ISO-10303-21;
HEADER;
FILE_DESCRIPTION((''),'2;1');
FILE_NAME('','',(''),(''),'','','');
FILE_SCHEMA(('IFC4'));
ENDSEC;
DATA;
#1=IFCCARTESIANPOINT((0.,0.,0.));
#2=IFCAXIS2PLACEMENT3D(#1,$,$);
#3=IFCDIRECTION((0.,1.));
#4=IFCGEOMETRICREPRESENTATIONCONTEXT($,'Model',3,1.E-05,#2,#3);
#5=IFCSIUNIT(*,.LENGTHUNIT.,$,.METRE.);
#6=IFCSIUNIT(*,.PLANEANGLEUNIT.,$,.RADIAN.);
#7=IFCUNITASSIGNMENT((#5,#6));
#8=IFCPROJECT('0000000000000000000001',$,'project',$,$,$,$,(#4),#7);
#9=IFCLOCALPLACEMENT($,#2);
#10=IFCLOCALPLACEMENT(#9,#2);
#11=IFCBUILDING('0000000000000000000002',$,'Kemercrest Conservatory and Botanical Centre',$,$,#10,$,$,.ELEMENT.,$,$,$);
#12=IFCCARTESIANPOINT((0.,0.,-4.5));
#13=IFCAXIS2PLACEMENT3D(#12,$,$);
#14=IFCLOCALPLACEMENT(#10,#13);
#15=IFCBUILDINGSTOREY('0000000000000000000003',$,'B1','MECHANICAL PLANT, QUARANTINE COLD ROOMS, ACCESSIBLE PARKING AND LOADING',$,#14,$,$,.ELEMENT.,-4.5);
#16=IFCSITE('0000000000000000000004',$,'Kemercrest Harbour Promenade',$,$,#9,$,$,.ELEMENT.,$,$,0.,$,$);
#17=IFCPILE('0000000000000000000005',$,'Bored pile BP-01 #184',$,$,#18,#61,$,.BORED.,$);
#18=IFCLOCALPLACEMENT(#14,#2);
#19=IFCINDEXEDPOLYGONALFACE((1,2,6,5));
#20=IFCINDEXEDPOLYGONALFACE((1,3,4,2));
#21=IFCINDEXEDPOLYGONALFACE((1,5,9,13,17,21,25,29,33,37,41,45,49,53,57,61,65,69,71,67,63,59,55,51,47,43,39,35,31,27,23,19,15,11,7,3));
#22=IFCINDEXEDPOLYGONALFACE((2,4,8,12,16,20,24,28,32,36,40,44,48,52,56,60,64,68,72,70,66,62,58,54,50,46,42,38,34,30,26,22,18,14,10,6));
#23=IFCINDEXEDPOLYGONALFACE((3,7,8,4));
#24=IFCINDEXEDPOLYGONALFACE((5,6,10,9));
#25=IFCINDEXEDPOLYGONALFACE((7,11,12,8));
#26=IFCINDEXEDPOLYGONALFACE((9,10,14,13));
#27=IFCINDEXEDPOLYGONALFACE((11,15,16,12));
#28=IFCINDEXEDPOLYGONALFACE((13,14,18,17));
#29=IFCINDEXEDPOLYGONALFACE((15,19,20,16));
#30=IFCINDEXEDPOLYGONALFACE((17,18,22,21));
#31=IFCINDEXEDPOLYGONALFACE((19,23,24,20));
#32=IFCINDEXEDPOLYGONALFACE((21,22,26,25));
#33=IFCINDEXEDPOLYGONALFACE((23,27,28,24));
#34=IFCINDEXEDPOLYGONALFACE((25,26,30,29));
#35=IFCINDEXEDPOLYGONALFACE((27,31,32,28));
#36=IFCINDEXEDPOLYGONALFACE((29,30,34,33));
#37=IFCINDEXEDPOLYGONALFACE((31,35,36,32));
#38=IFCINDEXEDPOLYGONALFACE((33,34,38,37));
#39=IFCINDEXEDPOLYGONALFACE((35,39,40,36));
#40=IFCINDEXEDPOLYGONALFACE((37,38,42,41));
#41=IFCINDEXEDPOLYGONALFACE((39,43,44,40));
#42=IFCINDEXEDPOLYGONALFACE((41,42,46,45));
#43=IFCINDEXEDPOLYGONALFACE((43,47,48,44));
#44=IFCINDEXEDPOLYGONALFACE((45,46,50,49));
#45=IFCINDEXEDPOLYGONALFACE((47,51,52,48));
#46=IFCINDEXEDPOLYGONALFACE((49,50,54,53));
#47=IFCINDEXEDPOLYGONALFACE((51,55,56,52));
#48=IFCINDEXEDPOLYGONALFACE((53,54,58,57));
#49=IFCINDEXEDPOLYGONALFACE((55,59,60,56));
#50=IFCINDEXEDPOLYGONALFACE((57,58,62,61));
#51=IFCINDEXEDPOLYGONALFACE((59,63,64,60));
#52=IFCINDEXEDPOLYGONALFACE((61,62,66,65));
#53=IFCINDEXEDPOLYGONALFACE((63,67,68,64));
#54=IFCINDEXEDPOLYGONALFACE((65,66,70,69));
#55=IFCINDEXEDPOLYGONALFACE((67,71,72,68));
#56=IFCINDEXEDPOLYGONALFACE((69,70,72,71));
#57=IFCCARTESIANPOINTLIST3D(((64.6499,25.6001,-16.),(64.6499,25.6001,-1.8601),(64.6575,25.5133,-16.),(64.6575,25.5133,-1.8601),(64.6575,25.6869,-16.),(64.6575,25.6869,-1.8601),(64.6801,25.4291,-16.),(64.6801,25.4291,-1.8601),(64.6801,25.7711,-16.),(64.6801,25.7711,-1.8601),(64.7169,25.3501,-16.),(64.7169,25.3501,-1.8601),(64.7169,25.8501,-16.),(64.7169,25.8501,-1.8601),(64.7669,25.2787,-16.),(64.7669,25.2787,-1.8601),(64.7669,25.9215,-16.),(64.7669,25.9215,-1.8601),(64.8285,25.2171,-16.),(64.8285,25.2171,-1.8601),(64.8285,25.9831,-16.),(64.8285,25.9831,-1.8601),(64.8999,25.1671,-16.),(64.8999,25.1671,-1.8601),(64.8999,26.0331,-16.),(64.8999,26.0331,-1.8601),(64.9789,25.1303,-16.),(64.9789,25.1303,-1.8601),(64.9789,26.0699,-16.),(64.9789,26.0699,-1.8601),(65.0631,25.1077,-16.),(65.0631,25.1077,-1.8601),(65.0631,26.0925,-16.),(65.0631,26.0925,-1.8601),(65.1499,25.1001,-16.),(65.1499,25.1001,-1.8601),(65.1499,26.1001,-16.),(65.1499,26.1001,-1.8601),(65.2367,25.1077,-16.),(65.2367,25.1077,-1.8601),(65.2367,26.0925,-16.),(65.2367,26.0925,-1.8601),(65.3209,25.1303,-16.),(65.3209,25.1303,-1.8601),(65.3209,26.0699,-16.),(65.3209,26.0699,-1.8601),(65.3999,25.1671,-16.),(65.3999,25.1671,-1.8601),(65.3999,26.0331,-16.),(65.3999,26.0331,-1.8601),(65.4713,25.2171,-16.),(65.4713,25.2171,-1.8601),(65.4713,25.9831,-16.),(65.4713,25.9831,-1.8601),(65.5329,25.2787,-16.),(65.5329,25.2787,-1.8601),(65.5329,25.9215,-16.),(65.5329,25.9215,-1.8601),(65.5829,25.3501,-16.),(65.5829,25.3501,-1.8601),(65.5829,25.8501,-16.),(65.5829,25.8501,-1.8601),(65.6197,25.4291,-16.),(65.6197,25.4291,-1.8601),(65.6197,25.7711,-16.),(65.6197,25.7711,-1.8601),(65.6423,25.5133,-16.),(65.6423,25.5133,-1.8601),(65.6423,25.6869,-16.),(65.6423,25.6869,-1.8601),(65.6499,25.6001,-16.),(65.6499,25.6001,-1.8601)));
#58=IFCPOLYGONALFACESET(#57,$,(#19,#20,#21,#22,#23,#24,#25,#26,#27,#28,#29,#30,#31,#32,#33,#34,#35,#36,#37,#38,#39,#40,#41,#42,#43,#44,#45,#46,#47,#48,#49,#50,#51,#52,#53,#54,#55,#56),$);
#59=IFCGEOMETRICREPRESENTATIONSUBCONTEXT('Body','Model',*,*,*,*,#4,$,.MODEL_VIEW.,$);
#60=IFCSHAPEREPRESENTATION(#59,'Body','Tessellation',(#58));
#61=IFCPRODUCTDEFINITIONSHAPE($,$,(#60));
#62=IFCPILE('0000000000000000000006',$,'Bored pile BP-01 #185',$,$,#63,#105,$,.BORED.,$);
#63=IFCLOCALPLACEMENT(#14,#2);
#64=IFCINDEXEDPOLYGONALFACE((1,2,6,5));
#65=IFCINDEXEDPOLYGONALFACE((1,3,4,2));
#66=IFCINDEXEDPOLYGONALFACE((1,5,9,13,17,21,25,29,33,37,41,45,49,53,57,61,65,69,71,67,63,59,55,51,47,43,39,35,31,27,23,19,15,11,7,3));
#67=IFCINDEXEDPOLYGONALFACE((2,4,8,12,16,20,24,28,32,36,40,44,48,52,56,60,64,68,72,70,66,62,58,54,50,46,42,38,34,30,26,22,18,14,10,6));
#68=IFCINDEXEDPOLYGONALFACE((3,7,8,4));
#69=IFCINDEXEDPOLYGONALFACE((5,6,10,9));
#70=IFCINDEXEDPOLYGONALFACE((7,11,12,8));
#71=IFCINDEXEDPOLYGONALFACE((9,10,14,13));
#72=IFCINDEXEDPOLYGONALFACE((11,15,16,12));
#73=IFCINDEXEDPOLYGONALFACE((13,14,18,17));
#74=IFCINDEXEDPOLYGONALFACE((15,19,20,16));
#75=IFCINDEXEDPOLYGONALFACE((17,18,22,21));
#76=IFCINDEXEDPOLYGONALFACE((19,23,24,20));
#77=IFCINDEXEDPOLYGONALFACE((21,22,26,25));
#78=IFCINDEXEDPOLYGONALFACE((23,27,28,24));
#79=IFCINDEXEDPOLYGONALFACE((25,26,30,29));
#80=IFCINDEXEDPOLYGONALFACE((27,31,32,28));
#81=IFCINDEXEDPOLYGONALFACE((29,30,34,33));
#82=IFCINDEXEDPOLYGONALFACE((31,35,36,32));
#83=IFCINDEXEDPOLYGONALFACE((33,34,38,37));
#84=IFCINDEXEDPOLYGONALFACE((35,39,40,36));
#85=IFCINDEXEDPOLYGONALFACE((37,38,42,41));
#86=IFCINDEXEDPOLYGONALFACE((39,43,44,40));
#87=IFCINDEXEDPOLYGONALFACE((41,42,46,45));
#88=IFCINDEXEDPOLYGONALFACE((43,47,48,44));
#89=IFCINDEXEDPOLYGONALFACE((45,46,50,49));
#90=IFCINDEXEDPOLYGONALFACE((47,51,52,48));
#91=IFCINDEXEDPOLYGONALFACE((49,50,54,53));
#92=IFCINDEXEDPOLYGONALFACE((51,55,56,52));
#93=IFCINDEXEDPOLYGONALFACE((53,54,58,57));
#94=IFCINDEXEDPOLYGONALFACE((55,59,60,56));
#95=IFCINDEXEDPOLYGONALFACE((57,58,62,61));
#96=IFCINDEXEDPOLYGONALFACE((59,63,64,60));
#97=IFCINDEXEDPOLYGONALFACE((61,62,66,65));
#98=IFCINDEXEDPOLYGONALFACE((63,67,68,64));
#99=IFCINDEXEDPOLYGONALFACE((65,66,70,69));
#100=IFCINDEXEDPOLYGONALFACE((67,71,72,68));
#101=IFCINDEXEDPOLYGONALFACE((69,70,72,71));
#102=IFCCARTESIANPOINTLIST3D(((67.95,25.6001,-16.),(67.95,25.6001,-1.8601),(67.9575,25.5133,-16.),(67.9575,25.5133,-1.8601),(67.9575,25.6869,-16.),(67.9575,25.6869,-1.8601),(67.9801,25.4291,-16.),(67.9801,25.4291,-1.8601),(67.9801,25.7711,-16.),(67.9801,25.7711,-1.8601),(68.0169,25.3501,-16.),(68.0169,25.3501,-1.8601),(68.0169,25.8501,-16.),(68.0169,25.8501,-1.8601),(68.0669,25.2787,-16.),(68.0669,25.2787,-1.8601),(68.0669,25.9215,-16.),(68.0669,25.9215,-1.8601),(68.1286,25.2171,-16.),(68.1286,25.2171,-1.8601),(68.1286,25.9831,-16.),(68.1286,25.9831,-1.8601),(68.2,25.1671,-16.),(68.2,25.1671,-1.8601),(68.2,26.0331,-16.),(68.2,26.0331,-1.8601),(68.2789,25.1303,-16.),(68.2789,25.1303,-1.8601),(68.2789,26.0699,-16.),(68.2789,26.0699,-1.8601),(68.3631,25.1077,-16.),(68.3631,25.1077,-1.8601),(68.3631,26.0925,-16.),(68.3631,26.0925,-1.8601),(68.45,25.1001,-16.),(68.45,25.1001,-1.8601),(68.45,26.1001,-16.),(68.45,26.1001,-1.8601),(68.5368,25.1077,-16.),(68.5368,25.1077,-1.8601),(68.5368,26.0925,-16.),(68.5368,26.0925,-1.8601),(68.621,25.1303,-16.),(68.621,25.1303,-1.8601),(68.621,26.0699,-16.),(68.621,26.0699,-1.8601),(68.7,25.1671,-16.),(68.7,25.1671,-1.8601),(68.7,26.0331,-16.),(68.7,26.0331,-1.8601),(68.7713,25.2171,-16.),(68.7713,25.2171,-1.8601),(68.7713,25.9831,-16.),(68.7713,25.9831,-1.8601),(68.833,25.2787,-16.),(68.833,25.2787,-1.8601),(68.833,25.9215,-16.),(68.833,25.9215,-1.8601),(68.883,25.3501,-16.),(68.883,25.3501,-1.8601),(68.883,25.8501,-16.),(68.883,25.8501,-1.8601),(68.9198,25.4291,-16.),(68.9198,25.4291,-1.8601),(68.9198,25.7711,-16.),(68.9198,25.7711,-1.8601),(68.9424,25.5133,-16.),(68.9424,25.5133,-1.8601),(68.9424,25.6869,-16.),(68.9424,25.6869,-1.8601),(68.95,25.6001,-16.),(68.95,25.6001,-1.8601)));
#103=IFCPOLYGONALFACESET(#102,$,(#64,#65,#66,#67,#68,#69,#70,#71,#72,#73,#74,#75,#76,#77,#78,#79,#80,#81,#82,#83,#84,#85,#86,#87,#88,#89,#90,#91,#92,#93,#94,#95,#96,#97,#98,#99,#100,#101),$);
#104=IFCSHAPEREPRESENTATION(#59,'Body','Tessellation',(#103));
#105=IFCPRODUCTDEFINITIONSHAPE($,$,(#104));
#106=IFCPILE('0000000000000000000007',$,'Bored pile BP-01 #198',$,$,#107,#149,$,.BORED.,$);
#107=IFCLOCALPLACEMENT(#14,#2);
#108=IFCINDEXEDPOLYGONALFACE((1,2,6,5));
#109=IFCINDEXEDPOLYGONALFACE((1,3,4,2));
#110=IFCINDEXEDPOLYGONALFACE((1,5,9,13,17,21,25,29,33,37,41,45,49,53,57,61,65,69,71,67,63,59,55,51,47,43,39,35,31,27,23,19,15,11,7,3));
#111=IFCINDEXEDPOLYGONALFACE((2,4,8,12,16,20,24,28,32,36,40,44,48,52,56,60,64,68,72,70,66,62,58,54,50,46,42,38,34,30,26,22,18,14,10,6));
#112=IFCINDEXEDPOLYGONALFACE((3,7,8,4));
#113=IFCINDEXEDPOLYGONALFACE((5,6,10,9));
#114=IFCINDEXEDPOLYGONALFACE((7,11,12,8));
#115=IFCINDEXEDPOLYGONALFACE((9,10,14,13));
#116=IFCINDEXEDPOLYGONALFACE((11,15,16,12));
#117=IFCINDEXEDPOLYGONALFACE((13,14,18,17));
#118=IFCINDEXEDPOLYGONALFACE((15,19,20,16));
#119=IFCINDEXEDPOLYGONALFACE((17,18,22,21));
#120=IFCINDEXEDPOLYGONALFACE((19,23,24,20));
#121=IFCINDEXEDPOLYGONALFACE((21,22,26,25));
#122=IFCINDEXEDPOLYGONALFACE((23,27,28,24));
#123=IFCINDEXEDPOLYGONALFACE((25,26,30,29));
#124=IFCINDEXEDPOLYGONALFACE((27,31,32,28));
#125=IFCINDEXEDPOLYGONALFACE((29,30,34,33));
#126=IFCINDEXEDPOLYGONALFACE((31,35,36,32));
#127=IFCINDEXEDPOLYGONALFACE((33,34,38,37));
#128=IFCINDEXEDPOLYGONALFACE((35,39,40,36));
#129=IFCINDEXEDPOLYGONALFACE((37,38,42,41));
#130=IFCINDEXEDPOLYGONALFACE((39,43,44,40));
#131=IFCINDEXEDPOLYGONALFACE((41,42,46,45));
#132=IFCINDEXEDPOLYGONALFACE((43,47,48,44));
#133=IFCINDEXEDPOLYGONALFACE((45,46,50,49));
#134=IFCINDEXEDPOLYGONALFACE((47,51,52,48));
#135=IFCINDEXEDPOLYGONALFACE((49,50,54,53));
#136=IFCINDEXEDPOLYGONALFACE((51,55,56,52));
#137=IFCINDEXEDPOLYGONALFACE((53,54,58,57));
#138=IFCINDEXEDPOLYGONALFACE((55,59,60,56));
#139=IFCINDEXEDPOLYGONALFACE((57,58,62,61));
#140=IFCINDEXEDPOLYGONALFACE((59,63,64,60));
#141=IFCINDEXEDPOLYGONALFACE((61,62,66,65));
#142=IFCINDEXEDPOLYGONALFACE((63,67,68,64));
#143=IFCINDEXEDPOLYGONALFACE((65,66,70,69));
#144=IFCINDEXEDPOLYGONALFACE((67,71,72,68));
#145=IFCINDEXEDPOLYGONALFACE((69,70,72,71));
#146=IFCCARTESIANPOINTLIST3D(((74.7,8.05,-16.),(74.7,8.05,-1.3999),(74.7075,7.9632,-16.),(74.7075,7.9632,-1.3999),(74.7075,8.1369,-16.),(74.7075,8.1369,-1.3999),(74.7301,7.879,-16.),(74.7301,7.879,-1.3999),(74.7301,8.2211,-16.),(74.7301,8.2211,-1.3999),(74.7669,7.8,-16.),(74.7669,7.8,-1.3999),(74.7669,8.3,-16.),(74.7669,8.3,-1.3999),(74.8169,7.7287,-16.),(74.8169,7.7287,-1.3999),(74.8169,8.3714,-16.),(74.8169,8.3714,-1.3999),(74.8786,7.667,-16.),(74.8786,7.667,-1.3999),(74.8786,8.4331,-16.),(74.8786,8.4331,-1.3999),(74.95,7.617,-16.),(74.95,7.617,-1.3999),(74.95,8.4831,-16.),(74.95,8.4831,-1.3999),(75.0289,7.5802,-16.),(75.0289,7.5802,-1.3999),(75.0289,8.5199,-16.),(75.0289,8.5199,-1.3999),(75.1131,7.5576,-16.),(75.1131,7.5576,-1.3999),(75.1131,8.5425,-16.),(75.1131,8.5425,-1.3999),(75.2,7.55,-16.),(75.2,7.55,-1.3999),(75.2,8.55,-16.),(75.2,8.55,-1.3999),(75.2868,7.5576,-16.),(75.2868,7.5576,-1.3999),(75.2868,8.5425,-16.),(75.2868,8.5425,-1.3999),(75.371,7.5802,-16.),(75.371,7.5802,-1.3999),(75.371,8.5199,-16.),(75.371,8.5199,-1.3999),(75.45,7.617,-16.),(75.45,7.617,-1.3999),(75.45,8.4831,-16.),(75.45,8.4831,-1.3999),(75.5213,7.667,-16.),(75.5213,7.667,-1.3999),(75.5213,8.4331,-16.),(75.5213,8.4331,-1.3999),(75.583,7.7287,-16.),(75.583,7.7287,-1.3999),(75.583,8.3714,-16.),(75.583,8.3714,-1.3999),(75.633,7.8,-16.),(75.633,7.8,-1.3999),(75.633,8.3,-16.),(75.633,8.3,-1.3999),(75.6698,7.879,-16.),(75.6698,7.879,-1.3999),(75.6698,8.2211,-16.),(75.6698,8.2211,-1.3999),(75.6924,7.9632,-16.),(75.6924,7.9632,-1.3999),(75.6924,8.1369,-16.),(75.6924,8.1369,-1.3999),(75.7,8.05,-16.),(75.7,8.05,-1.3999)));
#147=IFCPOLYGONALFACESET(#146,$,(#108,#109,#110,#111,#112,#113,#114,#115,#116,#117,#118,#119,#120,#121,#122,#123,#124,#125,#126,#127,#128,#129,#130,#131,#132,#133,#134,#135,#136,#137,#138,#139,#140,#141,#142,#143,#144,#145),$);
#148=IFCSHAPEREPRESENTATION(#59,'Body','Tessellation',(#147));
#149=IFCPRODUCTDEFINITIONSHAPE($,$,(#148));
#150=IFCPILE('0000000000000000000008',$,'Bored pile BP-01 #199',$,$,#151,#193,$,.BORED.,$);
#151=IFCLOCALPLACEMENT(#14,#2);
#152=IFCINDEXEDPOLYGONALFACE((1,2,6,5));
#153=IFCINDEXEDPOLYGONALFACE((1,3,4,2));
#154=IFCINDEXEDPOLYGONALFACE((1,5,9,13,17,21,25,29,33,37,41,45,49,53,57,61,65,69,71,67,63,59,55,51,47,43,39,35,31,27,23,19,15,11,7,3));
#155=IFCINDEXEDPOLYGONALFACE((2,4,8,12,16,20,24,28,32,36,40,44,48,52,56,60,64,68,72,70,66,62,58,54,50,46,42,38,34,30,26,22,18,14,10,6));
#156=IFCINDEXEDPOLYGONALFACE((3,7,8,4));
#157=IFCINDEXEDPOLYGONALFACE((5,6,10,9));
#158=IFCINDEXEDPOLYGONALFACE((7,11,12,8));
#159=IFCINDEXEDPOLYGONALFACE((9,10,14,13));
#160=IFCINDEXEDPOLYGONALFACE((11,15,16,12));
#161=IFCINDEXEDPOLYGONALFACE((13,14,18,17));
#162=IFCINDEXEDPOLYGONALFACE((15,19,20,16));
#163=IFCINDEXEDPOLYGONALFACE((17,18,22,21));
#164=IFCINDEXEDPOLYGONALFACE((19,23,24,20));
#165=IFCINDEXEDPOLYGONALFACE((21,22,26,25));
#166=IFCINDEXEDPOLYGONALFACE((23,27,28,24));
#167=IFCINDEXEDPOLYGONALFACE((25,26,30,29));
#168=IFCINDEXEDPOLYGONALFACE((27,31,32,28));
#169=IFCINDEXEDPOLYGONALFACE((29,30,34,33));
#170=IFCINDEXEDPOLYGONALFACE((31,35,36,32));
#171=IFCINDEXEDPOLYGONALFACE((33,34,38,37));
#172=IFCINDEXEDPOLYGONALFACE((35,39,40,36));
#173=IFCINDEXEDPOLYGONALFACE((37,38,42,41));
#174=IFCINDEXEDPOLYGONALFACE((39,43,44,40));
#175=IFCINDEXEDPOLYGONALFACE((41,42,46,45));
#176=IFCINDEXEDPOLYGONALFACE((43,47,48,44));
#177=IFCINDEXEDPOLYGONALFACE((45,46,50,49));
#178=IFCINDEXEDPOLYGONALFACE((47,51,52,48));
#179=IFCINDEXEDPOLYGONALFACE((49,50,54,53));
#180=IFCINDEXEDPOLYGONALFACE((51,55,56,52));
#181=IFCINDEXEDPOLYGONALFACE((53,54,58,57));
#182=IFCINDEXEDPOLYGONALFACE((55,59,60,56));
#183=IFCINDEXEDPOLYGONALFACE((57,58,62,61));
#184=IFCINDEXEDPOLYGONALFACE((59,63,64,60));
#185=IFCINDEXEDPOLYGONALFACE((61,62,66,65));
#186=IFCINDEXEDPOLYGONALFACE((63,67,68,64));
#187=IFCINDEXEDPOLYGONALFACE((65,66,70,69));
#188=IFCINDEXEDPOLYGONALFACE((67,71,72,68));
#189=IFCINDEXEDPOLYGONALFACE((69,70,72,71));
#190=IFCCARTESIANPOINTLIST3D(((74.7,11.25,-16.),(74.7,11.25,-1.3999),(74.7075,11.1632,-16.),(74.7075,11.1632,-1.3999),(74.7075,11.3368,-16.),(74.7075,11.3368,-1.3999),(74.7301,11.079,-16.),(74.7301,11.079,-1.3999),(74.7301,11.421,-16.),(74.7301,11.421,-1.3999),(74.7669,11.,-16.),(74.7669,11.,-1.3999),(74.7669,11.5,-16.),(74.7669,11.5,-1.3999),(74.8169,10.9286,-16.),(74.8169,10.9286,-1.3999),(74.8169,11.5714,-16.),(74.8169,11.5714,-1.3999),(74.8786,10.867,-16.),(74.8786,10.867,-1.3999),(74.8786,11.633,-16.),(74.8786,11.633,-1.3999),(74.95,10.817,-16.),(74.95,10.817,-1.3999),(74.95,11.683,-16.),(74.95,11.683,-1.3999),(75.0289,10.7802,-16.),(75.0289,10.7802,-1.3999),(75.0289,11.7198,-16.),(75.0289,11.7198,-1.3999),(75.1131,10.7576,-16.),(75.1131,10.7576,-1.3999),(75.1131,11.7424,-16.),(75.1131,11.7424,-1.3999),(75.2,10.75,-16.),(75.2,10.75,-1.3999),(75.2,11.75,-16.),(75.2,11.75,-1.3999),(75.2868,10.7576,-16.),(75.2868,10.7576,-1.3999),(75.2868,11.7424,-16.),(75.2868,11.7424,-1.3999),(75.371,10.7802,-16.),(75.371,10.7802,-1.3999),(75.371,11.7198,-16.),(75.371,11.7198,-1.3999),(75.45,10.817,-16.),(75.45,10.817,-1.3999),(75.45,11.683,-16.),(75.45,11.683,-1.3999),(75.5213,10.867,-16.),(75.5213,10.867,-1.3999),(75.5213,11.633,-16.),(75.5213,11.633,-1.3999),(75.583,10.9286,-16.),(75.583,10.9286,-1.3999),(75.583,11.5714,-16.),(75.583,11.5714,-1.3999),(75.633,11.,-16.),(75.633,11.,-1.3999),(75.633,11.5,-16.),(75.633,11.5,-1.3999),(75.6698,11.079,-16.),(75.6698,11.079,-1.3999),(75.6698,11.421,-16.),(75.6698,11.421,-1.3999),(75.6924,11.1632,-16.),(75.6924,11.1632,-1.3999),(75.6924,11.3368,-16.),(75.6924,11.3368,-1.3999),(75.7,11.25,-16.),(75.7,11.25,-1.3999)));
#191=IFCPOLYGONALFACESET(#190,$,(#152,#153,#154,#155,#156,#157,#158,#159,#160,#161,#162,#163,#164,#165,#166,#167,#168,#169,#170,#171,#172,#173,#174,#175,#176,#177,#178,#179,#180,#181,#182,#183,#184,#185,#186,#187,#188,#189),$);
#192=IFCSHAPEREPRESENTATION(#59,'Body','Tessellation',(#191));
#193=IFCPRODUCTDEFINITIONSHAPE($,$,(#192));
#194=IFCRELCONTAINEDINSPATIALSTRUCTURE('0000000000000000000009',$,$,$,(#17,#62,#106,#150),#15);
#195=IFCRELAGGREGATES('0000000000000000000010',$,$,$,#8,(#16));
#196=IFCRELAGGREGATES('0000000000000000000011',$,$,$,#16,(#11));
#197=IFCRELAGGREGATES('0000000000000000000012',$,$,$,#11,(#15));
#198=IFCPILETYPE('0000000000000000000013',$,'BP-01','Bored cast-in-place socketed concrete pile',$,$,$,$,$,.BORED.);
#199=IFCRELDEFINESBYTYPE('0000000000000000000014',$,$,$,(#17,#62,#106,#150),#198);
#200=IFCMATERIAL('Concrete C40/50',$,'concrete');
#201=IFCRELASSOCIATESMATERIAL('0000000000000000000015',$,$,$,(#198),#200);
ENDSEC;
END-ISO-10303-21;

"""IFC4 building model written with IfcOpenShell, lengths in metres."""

from ifc_helpers import new_model, si_unit, direction, frame, origin, origin_2d, place, context, subcontext, project, spatial, circle, extrude, material, material_profile, profile_set, type_object, element, save


model = new_model("IFC4")

# Units and contexts
model_context = context("Model", 3, precision=1e-05, world=origin(), true_north=direction((0.0, 1.0)))
body_context = subcontext(model_context, "Body", "Model", "MODEL_VIEW")
ifc_project = project(units=[si_unit("LENGTHUNIT", "METRE"), si_unit("PLANEANGLEUNIT", "RADIAN")], contexts=[model_context])

# Site, building, storey
site_placement = place(None, origin())
site = spatial("IfcSite", under=ifc_project, at=site_placement, Name="Kemercrest Harbour Promenade", CompositionType="ELEMENT", RefElevation=0.0)
building_placement = place(site_placement, origin())
building = spatial("IfcBuilding", under=site, at=building_placement, Name="Kemercrest Conservatory and Botanical Centre", CompositionType="ELEMENT")
storey_placement = place(building_placement, frame((0.0, 0.0, -4.5)))
storey = spatial("IfcBuildingStorey", under=building, at=storey_placement, Name="B1", Description="MECHANICAL PLANT, QUARANTINE COLD ROOMS, ACCESSIBLE PARKING AND LOADING", CompositionType="ELEMENT", Elevation=-4.5)

# Piles
ifc_material_1 = material(Name="Concrete C40/50", Category="concrete")
ifc_material_profile_1 = material_profile(ifc_material_1, circle(Radius=0.5, at=origin_2d()), Name="BORED PILE 1000")
ifc_profile_set_1 = profile_set([ifc_material_profile_1], Name="Concrete C40/50")
pile_type_1 = type_object("IfcPileType", Name="BP-01", Description="Bored cast-in-place socketed concrete pile", PredefinedType="BORED", material=ifc_profile_set_1)
for number, where, z_axis, x_axis, name in (
    (1, (65.1499, 25.6001, -1.8601), (0.0, 0.0, -1.0), (1.0, 0.0, 0.0), "Bored pile BP-01 #184"),
    (2, (68.45, 25.6001, -1.8601), (0.0, 0.0, -1.0), (1.0, 0.0, 0.0), "Bored pile BP-01 #185"),
):
    element("IfcPile", number, at=place(storey_placement, frame(where, z_axis=z_axis, x_axis=x_axis)), inside=storey, type_object=pile_type_1, Name=name, PredefinedType="BORED", context=body_context, shape_type="SweptSolid", body=[
        extrude(circle(Radius=0.5, at=origin_2d()), origin(), (0.0, 0.0, 1.0), 14.1399),
    ])
for number, where, z_axis, x_axis, name in (
    (3, (75.2, 8.05, -1.3999), (0.0, 0.0, -1.0), (1.0, 0.0, 0.0), "Bored pile BP-01 #198"),
    (4, (75.2, 11.25, -1.3999), (0.0, 0.0, -1.0), (1.0, 0.0, 0.0), "Bored pile BP-01 #199"),
):
    element("IfcPile", number, at=place(storey_placement, frame(where, z_axis=z_axis, x_axis=x_axis)), inside=storey, type_object=pile_type_1, Name=name, PredefinedType="BORED", context=body_context, shape_type="SweptSolid", body=[
        extrude(circle(Radius=0.5, at=origin_2d()), origin(), (0.0, 0.0, 1.0), 14.6001),
    ])

save(model, "model.ifc")
